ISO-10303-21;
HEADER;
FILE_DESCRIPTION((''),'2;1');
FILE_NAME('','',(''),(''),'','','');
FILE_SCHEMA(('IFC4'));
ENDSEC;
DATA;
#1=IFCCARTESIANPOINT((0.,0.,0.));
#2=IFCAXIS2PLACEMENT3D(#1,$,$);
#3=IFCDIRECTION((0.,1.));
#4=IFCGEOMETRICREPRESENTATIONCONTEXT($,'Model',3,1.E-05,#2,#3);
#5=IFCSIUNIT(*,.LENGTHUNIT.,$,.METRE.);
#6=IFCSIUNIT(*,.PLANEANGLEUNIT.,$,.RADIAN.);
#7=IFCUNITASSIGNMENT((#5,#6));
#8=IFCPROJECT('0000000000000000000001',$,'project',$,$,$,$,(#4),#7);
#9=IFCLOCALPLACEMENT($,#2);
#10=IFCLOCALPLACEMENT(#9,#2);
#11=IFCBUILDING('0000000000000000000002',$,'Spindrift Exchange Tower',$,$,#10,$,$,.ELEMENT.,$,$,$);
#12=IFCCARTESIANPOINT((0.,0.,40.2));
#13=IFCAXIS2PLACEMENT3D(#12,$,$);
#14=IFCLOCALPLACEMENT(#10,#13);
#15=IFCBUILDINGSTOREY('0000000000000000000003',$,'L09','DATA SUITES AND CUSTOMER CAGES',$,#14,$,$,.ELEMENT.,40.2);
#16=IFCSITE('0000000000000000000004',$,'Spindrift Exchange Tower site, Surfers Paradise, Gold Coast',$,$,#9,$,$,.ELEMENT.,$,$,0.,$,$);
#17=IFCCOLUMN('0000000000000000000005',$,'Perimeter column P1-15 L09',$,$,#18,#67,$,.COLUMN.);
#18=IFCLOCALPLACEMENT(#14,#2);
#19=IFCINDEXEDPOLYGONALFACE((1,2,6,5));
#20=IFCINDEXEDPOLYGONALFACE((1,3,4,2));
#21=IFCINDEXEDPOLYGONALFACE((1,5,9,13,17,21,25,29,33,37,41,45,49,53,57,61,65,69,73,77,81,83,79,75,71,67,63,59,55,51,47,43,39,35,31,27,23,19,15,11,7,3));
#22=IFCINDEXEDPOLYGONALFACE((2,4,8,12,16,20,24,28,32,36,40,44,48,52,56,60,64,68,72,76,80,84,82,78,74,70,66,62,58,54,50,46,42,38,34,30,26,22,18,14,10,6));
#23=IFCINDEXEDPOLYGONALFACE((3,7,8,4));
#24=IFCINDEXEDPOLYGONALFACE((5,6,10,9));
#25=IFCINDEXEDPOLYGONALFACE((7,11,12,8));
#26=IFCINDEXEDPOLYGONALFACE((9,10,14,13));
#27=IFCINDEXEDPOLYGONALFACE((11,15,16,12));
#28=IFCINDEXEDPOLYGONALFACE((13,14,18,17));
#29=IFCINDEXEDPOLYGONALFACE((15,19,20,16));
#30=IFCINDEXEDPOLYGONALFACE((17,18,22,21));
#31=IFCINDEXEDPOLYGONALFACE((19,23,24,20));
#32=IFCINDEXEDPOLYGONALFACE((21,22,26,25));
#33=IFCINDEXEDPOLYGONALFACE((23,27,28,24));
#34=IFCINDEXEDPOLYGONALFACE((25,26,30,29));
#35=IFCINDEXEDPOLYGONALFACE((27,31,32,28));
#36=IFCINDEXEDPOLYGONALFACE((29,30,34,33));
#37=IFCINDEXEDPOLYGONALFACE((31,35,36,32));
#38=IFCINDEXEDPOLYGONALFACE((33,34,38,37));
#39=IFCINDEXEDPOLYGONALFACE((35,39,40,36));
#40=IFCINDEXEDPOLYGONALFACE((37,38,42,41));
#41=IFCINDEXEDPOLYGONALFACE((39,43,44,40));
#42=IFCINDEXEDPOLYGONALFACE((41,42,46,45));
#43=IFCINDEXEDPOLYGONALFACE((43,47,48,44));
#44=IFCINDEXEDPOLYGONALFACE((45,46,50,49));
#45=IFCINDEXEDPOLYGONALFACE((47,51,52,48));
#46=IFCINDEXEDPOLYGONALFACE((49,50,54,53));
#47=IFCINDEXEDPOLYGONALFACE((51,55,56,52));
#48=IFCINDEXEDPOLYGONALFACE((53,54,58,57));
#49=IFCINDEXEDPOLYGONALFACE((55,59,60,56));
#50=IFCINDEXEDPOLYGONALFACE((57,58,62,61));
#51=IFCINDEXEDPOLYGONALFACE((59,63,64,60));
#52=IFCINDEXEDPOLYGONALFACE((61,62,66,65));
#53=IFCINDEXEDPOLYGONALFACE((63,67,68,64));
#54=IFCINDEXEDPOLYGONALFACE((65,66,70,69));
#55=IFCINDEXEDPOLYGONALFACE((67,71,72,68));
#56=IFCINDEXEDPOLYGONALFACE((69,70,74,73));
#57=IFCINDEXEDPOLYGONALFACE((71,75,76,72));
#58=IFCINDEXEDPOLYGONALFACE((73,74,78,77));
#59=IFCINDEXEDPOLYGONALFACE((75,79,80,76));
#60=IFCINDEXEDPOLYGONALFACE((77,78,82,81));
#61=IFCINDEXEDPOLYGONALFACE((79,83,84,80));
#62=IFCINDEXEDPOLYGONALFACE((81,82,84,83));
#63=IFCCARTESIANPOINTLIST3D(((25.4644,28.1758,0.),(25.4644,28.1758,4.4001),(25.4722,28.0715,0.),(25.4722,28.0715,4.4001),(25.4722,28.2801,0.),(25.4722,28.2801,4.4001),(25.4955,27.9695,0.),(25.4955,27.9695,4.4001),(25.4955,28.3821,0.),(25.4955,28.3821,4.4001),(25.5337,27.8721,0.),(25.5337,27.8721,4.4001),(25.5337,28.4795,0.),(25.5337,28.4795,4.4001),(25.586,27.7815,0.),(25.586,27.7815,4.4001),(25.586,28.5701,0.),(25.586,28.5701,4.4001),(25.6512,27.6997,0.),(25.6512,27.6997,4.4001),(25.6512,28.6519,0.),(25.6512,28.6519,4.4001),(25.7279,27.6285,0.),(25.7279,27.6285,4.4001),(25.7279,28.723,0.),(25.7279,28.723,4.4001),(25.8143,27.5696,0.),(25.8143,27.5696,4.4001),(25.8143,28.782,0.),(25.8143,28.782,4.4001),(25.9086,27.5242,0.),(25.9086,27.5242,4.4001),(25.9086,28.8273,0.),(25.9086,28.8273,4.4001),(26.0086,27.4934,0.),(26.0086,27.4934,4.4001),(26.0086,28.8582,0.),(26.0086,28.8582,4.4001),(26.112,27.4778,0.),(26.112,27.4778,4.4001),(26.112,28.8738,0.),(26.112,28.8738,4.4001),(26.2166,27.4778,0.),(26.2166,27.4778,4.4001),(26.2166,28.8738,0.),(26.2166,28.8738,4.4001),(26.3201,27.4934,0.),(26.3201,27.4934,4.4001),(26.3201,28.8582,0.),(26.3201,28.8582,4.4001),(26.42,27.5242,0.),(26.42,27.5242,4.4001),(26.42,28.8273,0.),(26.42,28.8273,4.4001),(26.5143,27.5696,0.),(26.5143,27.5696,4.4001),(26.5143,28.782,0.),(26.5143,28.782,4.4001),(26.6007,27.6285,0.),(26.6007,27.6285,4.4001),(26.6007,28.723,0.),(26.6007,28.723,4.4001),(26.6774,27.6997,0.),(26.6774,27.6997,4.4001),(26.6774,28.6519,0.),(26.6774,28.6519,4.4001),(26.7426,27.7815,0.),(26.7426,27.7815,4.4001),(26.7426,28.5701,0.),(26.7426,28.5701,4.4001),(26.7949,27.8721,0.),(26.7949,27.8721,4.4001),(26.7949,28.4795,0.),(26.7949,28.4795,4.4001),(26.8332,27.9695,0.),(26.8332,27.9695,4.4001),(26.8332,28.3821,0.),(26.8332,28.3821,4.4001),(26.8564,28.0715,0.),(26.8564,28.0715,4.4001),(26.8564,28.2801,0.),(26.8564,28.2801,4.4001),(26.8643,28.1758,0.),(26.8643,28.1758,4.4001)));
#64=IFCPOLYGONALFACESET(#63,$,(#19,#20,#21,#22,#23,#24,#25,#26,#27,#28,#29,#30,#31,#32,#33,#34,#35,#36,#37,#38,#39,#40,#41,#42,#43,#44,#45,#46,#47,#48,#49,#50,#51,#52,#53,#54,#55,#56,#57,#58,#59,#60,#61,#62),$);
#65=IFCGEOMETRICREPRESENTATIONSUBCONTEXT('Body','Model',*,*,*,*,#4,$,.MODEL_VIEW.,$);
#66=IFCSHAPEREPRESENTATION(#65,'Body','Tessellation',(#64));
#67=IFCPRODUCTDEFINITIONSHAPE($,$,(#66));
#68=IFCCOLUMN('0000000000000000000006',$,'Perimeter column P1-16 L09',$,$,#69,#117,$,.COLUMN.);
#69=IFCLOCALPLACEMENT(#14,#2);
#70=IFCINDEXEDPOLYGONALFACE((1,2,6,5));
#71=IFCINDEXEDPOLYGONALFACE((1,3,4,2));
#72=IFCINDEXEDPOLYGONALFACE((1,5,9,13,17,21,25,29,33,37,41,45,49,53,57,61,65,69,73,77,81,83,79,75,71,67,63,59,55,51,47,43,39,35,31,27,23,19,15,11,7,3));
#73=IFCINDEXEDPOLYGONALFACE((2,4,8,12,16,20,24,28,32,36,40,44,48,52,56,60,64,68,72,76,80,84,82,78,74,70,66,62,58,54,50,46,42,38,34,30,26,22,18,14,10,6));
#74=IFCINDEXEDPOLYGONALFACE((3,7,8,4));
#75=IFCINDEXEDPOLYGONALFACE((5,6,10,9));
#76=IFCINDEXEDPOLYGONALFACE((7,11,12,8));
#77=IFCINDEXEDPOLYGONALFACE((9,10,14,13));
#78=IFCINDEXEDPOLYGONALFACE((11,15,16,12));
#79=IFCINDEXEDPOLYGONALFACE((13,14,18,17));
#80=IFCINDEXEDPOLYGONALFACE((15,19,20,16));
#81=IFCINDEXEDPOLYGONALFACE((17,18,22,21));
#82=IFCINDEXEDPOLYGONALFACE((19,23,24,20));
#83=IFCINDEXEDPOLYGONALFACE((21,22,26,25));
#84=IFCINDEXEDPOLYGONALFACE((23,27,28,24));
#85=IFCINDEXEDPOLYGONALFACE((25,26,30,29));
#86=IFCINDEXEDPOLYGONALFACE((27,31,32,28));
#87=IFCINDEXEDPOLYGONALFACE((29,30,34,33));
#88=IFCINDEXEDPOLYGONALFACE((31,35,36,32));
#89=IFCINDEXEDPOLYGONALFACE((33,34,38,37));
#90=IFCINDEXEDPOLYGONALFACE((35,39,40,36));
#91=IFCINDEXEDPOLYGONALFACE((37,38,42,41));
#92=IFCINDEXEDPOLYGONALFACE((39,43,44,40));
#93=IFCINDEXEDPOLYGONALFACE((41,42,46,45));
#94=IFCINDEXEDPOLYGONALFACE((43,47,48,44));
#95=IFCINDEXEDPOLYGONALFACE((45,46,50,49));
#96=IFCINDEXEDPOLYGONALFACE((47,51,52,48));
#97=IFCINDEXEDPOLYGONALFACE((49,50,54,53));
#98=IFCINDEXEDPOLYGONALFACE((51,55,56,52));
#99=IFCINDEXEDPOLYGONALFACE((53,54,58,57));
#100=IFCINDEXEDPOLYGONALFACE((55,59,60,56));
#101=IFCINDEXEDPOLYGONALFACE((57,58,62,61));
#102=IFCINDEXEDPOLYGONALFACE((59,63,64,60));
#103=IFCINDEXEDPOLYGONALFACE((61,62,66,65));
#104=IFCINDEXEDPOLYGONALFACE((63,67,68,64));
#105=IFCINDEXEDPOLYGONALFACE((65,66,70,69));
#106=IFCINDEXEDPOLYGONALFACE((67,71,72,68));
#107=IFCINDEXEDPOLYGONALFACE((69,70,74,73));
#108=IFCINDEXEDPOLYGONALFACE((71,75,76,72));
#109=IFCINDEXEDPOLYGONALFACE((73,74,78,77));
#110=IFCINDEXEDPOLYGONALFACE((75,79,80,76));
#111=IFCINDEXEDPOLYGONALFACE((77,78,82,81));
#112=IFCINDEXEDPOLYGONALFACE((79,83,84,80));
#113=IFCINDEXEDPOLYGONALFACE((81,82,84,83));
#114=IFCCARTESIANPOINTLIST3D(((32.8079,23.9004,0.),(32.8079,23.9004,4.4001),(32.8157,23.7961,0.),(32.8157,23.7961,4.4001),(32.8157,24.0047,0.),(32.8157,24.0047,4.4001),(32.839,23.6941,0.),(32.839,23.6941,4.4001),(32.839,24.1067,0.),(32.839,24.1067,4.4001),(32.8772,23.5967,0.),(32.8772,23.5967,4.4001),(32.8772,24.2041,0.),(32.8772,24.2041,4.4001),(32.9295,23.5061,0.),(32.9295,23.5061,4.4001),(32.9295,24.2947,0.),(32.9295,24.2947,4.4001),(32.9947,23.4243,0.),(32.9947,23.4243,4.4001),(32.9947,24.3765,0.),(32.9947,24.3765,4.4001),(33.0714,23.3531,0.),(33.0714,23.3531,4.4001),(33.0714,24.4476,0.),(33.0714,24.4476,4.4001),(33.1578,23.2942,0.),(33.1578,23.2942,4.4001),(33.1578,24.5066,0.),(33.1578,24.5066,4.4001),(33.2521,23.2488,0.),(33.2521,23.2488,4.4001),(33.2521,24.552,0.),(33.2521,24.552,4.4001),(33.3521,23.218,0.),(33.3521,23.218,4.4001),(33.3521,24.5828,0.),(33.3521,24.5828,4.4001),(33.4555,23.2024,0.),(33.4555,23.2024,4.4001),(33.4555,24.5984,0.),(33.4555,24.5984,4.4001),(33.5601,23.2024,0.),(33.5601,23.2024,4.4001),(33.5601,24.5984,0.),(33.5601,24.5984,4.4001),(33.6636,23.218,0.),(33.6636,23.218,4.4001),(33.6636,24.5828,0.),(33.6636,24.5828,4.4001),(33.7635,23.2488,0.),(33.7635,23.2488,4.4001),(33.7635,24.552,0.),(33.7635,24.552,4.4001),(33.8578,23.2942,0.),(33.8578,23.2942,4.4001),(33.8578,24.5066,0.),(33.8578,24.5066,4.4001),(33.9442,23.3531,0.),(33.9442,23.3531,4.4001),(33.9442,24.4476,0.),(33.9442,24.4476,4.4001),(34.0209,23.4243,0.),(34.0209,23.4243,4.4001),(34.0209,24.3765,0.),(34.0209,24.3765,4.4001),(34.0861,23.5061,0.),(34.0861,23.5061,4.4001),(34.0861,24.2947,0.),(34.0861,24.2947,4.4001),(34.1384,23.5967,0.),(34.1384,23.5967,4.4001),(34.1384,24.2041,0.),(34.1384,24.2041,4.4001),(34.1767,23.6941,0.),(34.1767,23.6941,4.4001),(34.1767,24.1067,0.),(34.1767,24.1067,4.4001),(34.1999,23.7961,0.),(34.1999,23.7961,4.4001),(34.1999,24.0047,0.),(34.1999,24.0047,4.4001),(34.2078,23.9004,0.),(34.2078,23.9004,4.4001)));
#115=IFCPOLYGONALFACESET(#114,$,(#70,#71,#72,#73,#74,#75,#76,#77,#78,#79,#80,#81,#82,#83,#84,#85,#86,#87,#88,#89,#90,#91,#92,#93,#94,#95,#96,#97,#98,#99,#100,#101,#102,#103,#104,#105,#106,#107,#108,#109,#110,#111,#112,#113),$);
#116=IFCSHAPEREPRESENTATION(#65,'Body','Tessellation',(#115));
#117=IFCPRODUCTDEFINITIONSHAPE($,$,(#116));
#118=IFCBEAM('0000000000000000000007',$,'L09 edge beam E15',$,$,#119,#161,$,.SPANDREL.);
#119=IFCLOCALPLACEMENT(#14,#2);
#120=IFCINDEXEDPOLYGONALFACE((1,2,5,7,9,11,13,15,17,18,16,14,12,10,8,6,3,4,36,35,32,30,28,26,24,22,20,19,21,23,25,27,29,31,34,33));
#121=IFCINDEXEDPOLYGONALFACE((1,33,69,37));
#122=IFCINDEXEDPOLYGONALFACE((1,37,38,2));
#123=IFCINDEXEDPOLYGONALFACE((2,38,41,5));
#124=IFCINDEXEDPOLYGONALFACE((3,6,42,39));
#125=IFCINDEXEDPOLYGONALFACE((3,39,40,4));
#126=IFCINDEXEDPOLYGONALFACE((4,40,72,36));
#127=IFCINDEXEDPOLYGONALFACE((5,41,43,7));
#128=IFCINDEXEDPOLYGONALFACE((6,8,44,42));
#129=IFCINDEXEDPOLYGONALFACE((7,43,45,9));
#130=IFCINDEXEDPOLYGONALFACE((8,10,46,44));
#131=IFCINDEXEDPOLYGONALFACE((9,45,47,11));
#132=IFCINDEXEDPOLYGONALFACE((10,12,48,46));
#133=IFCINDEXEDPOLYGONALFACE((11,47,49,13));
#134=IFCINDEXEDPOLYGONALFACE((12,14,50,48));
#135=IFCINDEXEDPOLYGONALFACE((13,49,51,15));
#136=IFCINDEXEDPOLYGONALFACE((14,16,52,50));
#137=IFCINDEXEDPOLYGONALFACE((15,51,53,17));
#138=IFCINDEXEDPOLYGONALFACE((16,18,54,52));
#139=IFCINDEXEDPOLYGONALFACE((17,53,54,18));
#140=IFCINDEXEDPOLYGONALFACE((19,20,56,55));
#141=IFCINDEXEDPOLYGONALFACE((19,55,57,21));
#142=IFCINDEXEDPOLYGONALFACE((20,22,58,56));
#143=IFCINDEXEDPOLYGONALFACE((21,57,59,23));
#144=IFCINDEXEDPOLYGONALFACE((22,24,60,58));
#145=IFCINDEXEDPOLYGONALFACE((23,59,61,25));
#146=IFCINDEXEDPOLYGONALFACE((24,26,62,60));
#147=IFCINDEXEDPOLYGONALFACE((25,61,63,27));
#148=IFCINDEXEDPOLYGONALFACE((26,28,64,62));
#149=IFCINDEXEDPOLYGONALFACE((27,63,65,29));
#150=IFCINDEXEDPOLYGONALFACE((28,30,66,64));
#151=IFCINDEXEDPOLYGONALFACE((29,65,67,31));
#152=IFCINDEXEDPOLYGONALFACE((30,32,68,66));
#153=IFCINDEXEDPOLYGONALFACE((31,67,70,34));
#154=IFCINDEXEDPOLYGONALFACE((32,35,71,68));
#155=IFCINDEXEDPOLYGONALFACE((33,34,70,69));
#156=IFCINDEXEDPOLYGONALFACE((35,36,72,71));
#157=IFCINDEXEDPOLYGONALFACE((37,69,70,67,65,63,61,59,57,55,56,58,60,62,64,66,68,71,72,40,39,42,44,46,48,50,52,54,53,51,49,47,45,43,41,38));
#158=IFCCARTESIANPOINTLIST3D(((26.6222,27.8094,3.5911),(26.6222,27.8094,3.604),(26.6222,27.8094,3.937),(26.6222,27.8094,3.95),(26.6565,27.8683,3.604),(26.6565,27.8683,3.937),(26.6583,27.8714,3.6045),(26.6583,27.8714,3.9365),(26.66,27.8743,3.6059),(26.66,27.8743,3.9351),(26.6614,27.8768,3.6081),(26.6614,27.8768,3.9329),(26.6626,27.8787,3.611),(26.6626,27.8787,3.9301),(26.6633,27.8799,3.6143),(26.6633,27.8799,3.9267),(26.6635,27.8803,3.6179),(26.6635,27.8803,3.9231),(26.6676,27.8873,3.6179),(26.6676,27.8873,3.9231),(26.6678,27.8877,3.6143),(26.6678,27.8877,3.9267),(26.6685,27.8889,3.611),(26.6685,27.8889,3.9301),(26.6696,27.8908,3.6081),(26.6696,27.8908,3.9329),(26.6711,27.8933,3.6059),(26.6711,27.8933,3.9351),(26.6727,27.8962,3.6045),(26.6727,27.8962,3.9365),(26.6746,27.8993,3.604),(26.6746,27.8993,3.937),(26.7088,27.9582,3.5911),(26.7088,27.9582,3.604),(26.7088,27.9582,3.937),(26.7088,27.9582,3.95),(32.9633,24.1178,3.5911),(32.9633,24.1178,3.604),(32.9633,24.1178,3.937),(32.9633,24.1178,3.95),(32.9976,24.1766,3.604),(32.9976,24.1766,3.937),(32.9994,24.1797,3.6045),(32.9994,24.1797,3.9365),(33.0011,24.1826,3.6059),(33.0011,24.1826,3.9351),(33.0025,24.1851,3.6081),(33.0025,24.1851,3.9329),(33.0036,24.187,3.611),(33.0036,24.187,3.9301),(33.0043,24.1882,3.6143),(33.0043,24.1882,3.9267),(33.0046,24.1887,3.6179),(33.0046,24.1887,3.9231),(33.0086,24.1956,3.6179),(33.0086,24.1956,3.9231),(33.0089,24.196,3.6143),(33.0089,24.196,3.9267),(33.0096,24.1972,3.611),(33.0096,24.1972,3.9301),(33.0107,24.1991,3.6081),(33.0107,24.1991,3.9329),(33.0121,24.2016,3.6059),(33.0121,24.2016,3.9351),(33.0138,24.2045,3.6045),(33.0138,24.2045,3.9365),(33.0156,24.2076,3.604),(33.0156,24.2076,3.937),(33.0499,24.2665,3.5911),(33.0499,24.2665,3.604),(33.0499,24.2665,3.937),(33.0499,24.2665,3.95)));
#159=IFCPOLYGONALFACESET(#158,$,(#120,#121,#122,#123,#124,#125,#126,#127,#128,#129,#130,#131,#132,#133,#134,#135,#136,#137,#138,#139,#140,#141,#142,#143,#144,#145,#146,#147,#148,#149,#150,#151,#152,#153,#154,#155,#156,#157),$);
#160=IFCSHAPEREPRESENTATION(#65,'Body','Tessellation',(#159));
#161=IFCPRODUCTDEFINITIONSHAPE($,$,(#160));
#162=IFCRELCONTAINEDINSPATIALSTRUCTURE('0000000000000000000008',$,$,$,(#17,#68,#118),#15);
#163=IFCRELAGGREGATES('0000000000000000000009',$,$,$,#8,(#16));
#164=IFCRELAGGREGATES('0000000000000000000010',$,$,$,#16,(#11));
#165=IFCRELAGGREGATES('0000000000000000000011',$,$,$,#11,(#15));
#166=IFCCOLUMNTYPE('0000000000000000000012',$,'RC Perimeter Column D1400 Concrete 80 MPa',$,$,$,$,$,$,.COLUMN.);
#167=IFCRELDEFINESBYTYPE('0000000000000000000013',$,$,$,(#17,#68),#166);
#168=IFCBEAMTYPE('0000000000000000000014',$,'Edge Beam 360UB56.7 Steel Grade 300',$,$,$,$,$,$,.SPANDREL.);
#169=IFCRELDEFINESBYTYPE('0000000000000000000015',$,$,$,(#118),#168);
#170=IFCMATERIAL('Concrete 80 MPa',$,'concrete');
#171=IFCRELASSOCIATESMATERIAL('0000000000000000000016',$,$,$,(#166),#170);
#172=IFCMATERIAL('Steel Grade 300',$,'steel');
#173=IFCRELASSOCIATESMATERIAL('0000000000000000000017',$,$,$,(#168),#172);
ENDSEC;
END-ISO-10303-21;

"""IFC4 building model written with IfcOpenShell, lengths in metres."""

from ifc_helpers import new_model, si_unit, direction, frame, origin, origin_2d, place, context, subcontext, project, spatial, circle, i_section, extrude, source, transform, mapped, material, material_profile, profile_set, type_object, element, save


model = new_model("IFC4")

# Units and contexts
model_context = context("Model", 3, precision=1e-05, world=origin(), true_north=direction((0.0, 1.0)))
body_context = subcontext(model_context, "Body", "Model", "MODEL_VIEW")
ifc_project = project(units=[si_unit("LENGTHUNIT", "METRE"), si_unit("PLANEANGLEUNIT", "RADIAN")], contexts=[model_context])

# Site, building, storey
site_placement = place(None, origin())
site = spatial("IfcSite", under=ifc_project, at=site_placement, Name="Spindrift Exchange Tower site, Surfers Paradise, Gold Coast", CompositionType="ELEMENT", RefElevation=0.0)
building_placement = place(site_placement, origin())
building = spatial("IfcBuilding", under=site, at=building_placement, Name="Spindrift Exchange Tower", CompositionType="ELEMENT")
storey_placement = place(building_placement, frame((0.0, 0.0, 40.2)))
storey = spatial("IfcBuildingStorey", under=building, at=storey_placement, Name="L09", Description="DATA SUITES AND CUSTOMER CAGES", CompositionType="ELEMENT", Elevation=40.2)

# Columns
ifc_material_1 = material(Name="Concrete 80 MPa", Category="concrete")
ifc_material_profile_1 = material_profile(ifc_material_1, circle(Radius=0.7, at=origin_2d()), Name="RC D1400")
ifc_profile_set_1 = profile_set([ifc_material_profile_1], Name="Concrete 80 MPa")
column_type = type_object("IfcColumnType", Name="RC Perimeter Column D1400 Concrete 80 MPa", PredefinedType="COLUMN", material=ifc_profile_set_1)
shared_shape_1 = source(origin(), body_context, "Body", "SweptSolid", [
    extrude(circle(Radius=0.7, at=origin_2d()), origin(), (0.0, 0.0, 1.0), 4.4001),
])
for number, where, z_axis, x_axis, name in (
    (1, (26.1643, 28.1758, 0.0), (0.0, 0.0, 1.0), (1.0, 0.0, 0.0), "Perimeter column P1-15 L09"),
    (2, (33.5078, 23.9004, 0.0), (0.0, 0.0, 1.0), (1.0, 0.0, 0.0), "Perimeter column P1-16 L09"),
):
    element("IfcColumn", number, at=place(storey_placement, frame(where, z_axis=z_axis, x_axis=x_axis)), inside=storey, type_object=column_type, Name=name, PredefinedType="COLUMN", context=body_context, shape_type="MappedRepresentation", body=[
        mapped(shared_shape_1, transform((0.0, 0.0, 0.0), scale=1.0)),
    ])

# Beam
ifc_material_2 = material(Name="Steel Grade 300", Category="steel")
ifc_material_profile_2 = material_profile(ifc_material_2, i_section(OverallWidth=0.1721, OverallDepth=0.3589, WebThickness=0.0081, FlangeThickness=0.0129, FilletRadius=0.0139, at=origin_2d()), Name="360UB56.7")
ifc_profile_set_2 = profile_set([ifc_material_profile_2], Name="Steel Grade 300")
beam_type_1 = type_object("IfcBeamType", Name="Edge Beam 360UB56.7 Steel Grade 300", PredefinedType="SPANDREL", material=ifc_profile_set_2)
shared_shape_2 = source(origin(), body_context, "Body", "SweptSolid", [
    extrude(i_section(OverallWidth=0.1721, OverallDepth=0.3589, WebThickness=0.0081, FlangeThickness=0.0129, FilletRadius=0.0139, at=origin_2d()), origin(), (0.0, 0.0, 1.0), 7.3374),
])
beam_1_placement = place(storey_placement, frame((26.6655, 27.8838, 3.7705), z_axis=(0.864212, -0.503128, 0.0), x_axis=(0.503128, 0.864212, 0.0)))
element("IfcBeam", 3, at=beam_1_placement, inside=storey, type_object=beam_type_1, Name="L09 edge beam E15", PredefinedType="SPANDREL", context=body_context, shape_type="MappedRepresentation", body=[
    mapped(shared_shape_2, transform((0.0, 0.0, 0.0), scale=1.0)),
])

save(model, "model.ifc")
